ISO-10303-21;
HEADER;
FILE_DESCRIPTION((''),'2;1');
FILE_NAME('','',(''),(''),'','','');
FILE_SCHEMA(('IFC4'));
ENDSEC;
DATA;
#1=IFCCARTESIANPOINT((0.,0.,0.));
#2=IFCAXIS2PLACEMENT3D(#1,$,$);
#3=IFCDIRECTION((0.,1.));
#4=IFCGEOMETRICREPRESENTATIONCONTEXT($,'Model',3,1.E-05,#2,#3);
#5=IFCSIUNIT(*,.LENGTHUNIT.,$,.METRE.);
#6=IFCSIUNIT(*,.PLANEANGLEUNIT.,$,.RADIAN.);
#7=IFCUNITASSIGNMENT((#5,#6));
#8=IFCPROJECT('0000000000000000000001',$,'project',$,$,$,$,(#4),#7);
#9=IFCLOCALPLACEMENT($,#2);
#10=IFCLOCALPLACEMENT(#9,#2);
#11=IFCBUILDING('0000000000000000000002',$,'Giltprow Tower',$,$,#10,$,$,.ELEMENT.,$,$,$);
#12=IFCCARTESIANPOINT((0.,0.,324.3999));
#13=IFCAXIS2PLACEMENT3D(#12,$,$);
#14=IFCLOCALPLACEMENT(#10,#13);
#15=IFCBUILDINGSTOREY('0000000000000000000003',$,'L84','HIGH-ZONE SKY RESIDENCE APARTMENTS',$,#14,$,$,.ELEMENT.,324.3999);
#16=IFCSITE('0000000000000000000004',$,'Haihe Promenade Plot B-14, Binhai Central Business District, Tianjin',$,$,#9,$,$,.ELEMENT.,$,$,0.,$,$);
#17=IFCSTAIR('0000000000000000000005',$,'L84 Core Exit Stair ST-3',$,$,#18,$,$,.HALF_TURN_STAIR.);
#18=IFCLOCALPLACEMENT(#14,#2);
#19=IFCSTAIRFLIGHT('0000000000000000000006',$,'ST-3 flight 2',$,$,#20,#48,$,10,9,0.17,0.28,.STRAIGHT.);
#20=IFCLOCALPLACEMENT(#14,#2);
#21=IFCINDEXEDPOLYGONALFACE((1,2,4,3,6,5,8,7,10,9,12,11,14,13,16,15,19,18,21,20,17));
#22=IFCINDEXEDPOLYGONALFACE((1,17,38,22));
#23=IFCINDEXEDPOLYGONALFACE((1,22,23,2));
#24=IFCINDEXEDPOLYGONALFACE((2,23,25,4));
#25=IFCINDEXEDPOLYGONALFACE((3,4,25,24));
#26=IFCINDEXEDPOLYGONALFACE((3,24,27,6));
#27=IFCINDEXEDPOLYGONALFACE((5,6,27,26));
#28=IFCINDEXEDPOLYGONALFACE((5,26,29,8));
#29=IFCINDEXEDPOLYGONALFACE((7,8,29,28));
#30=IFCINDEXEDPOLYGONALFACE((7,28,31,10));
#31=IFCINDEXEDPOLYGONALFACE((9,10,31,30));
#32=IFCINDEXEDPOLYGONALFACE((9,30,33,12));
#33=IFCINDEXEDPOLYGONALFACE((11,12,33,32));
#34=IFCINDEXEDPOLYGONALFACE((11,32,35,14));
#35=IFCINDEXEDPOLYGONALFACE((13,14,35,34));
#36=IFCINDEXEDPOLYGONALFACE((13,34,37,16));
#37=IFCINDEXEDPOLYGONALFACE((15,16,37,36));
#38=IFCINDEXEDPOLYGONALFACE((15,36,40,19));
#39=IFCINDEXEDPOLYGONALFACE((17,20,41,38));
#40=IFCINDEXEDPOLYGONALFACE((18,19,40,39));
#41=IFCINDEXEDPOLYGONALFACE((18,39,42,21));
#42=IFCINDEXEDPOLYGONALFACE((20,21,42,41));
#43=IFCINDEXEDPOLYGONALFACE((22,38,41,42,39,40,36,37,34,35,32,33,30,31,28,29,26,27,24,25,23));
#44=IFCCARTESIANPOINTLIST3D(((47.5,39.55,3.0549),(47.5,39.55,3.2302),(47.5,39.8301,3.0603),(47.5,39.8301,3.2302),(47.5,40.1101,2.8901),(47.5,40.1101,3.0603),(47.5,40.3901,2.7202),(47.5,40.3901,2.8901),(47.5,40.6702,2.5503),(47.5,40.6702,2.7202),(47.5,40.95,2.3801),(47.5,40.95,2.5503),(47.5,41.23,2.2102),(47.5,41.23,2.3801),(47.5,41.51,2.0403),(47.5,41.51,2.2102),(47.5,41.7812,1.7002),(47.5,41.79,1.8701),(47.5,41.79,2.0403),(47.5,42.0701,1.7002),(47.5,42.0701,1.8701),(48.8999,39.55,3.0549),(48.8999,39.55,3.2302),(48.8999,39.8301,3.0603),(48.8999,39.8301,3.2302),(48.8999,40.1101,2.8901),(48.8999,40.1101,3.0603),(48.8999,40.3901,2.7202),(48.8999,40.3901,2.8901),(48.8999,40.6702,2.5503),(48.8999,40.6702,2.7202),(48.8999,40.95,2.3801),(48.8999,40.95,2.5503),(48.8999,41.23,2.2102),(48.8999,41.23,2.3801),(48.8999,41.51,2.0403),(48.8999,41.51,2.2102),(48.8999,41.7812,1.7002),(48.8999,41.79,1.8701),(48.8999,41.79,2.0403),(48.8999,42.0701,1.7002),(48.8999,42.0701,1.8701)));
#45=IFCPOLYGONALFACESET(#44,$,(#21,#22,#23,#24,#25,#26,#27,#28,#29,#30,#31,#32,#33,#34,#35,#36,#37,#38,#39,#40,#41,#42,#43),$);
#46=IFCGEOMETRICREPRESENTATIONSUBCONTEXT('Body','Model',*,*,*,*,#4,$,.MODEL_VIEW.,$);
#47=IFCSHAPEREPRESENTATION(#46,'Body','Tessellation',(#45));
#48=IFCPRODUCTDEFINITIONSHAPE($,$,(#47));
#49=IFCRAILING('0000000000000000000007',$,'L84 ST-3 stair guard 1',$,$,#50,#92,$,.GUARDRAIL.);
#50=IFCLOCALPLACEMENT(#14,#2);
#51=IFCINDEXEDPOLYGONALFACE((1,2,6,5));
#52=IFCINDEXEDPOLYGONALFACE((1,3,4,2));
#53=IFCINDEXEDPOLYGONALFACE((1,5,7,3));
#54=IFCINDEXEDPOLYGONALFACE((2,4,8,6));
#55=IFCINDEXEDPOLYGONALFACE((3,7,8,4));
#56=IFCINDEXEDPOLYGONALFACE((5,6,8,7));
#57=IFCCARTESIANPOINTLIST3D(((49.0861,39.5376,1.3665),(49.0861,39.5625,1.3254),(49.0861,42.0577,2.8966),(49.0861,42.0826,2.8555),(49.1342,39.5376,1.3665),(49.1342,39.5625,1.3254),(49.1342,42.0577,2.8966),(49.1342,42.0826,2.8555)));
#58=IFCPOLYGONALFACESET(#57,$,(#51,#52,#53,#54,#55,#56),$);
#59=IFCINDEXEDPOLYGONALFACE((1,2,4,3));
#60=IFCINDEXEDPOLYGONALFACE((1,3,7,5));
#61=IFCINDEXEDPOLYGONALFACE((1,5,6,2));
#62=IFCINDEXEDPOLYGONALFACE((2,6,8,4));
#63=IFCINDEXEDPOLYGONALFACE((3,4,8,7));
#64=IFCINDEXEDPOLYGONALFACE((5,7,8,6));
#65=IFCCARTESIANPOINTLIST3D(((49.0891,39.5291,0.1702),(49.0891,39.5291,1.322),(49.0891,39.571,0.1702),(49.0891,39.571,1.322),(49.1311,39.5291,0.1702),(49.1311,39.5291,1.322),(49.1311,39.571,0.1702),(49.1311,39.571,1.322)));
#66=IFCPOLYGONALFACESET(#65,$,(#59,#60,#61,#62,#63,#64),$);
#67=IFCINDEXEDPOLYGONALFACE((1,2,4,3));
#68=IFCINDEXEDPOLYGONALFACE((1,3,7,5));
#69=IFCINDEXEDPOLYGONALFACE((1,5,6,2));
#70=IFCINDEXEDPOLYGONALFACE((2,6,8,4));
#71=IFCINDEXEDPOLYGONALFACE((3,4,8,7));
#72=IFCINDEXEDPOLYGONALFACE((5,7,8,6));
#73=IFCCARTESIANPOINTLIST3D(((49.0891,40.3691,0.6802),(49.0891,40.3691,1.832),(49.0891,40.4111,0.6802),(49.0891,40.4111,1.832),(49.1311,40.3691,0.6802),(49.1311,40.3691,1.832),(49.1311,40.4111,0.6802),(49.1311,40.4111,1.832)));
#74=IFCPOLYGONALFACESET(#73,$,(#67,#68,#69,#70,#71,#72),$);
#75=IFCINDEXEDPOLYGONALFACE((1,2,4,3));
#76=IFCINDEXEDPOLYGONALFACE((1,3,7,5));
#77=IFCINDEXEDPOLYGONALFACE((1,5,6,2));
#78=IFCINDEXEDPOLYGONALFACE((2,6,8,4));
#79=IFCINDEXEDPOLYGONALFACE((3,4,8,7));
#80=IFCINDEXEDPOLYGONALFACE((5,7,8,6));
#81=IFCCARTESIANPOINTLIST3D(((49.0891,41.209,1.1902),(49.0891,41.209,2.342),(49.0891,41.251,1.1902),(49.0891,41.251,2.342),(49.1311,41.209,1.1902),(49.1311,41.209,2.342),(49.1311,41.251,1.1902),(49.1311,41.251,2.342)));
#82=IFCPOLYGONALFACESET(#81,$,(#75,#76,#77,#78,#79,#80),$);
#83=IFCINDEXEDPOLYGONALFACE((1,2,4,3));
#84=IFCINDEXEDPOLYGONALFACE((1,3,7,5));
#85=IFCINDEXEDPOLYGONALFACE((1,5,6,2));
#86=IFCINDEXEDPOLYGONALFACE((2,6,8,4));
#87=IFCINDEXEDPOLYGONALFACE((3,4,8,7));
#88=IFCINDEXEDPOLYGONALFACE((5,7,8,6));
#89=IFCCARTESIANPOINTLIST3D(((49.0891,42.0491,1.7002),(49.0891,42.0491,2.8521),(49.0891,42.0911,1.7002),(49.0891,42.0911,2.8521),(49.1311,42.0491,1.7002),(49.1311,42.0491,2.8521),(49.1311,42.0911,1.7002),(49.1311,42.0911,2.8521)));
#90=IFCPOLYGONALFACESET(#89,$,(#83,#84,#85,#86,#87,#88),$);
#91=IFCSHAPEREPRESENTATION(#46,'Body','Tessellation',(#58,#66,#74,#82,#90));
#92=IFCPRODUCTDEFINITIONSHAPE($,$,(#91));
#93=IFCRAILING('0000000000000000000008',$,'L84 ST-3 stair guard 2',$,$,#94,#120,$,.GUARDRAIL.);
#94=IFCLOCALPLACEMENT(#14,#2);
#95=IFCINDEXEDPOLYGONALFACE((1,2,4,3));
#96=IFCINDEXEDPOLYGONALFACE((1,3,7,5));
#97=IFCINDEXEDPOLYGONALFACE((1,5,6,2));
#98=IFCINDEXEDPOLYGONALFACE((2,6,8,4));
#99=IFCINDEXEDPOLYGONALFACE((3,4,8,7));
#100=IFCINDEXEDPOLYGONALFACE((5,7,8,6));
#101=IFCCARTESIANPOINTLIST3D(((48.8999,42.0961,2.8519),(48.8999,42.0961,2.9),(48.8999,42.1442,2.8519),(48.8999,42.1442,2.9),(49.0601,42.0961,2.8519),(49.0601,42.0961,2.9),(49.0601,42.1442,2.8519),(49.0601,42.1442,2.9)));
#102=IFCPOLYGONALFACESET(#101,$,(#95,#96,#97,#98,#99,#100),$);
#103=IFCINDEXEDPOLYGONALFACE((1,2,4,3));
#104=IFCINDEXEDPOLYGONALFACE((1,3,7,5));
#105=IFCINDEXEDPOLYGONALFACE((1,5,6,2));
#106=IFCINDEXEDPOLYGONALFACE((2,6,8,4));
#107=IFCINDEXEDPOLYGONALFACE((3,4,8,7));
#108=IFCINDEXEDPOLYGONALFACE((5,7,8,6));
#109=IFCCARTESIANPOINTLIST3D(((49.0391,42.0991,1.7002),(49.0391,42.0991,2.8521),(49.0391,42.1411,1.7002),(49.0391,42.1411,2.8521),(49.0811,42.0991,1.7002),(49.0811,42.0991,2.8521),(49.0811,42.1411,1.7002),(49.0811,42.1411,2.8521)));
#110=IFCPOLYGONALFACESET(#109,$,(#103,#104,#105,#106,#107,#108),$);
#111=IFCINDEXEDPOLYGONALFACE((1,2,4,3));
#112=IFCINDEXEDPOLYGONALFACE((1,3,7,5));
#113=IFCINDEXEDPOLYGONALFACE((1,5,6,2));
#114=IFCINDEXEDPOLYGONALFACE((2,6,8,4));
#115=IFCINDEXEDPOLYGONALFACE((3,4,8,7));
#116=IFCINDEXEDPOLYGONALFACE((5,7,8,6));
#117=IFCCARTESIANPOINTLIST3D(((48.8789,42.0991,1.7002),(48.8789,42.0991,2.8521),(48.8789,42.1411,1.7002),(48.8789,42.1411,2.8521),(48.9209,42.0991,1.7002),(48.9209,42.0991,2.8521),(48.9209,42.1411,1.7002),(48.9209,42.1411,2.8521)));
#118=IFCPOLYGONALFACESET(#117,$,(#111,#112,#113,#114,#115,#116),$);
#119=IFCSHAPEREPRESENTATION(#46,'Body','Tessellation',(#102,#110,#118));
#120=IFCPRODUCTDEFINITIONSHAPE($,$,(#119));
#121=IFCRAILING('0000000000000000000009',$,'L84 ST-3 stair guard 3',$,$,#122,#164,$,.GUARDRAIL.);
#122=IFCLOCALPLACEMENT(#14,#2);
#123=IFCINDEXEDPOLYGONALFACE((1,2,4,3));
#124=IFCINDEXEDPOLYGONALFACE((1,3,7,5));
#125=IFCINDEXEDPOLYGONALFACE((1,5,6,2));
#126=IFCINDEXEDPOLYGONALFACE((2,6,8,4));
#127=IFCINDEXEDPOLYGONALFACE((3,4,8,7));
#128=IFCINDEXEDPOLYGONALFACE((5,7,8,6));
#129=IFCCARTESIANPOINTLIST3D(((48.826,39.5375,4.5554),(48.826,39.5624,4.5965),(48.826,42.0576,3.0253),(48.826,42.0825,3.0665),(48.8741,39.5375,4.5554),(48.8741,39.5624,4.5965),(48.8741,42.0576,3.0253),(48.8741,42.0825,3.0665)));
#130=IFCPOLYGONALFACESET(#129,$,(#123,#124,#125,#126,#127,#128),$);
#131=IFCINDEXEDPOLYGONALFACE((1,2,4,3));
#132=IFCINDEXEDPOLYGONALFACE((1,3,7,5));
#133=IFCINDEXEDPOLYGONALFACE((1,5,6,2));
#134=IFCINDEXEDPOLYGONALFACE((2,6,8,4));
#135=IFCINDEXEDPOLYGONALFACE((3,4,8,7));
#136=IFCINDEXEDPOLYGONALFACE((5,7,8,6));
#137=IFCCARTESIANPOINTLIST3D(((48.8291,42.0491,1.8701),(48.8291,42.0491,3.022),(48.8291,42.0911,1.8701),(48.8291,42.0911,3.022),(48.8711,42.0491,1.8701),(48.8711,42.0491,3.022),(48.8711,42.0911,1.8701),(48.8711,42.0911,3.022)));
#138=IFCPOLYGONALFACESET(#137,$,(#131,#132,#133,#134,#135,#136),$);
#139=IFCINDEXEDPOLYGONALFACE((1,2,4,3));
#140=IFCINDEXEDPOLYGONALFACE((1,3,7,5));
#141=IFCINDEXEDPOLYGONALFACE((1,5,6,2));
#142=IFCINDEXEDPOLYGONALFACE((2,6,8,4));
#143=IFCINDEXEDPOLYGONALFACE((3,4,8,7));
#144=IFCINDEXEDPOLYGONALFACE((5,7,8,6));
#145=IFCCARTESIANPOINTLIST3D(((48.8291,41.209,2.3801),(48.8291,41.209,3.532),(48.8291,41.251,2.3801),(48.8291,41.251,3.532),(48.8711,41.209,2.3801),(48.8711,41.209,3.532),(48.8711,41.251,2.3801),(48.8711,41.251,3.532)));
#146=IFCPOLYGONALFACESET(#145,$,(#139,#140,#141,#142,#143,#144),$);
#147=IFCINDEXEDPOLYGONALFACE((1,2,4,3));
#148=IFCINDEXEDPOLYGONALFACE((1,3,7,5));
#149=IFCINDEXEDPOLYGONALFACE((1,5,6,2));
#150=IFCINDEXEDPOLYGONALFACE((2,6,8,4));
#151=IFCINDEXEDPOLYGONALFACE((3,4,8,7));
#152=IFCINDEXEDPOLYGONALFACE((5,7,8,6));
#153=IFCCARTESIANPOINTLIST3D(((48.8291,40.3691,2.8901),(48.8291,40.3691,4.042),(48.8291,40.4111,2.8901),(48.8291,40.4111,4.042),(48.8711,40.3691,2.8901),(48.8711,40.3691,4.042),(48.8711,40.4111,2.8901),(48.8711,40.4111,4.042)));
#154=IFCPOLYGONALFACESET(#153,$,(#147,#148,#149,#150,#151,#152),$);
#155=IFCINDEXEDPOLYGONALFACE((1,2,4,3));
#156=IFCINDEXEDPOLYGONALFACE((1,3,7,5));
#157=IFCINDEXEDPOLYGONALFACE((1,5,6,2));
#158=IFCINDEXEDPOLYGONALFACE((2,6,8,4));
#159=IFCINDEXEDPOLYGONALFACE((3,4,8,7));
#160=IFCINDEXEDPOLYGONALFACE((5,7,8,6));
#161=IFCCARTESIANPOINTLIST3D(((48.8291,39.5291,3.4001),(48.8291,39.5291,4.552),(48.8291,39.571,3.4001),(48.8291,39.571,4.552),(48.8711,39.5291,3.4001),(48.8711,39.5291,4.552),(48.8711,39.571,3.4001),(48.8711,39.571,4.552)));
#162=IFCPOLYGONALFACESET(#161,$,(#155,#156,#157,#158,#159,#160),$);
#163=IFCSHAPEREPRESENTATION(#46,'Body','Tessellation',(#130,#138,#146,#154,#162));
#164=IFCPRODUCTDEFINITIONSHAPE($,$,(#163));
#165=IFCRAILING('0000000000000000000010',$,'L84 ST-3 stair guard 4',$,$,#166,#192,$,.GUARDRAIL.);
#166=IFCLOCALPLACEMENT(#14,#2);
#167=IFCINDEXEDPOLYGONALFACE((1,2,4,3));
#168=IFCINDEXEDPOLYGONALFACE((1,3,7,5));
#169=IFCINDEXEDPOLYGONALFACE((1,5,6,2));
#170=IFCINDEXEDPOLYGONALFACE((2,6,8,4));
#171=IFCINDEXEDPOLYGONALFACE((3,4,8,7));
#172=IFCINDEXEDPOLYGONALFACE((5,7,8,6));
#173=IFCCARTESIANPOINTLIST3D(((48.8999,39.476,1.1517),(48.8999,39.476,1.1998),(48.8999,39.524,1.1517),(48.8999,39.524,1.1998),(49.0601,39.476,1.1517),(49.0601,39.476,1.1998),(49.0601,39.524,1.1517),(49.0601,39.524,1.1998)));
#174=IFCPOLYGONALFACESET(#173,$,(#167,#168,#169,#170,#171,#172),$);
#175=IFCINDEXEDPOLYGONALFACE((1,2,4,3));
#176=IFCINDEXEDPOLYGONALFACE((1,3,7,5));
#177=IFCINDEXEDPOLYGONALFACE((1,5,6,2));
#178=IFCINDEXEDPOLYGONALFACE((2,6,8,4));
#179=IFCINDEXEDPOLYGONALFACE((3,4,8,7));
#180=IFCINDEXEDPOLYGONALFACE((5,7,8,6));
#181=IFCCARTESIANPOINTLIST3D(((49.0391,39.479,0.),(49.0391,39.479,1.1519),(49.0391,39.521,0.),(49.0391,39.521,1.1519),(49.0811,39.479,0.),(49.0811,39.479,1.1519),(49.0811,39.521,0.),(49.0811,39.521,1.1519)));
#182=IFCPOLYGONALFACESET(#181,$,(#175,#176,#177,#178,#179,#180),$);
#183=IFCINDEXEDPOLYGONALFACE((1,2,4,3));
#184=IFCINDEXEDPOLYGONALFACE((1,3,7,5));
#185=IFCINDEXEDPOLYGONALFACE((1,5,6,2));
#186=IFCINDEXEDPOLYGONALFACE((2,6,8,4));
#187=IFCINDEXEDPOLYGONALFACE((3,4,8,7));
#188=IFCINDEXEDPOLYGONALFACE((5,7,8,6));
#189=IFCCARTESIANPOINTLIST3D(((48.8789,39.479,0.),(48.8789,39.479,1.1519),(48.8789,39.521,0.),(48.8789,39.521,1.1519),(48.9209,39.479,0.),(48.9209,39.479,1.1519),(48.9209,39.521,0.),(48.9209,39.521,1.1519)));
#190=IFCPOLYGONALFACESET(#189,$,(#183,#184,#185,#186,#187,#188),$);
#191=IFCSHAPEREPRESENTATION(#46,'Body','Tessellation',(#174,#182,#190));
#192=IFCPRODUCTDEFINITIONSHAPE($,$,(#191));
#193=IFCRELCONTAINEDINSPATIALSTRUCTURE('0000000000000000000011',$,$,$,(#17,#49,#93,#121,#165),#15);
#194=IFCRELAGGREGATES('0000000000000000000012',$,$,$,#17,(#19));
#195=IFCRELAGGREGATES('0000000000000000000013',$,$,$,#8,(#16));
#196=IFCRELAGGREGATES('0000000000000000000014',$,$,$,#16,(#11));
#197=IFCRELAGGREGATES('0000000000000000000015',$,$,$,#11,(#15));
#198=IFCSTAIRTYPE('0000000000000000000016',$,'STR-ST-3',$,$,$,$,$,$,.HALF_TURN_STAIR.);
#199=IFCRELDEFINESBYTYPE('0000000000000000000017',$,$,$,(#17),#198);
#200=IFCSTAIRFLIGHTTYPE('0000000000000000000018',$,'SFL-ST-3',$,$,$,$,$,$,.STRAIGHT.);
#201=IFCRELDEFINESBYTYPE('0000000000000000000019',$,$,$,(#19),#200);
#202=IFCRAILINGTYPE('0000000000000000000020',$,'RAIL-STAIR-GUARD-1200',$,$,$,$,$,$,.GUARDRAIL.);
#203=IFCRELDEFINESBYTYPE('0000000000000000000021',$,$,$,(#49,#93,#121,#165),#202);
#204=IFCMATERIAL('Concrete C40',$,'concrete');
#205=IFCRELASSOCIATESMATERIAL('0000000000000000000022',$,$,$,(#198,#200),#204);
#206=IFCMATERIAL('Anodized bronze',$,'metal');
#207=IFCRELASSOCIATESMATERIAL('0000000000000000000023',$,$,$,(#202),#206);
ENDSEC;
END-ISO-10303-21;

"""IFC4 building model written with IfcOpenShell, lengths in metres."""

from ifc_helpers import new_model, si_unit, direction, frame, origin, origin_2d, place, context, subcontext, project, spatial, polyline, rectangle, outline, extrude, material, type_object, element, aggregate, save


model = new_model("IFC4")

# Units and contexts
model_context = context("Model", 3, precision=1e-05, world=origin(), true_north=direction((0.0, 1.0)))
body_context = subcontext(model_context, "Body", "Model", "MODEL_VIEW")
ifc_project = project(units=[si_unit("LENGTHUNIT", "METRE"), si_unit("PLANEANGLEUNIT", "RADIAN")], contexts=[model_context])

# Site, building, storey
site_placement = place(None, origin())
site = spatial("IfcSite", under=ifc_project, at=site_placement, Name="Haihe Promenade Plot B-14, Binhai Central Business District, Tianjin", CompositionType="ELEMENT", RefElevation=0.0)
building_placement = place(site_placement, origin())
building = spatial("IfcBuilding", under=site, at=building_placement, Name="Giltprow Tower", CompositionType="ELEMENT")
storey_placement = place(building_placement, frame((0.0, 0.0, 324.3999)))
storey = spatial("IfcBuildingStorey", under=building, at=storey_placement, Name="L84", Description="HIGH-ZONE SKY RESIDENCE APARTMENTS", CompositionType="ELEMENT", Elevation=324.3999)

# Shared definitions
ifc_material_1 = material(Name="Concrete C40", Category="concrete")

# Stair, stair flight
stair_type = type_object("IfcStairType", Name="STR-ST-3", PredefinedType="HALF_TURN_STAIR", material=ifc_material_1)
stair_placement = place(storey_placement, origin())
stair = element("IfcStair", 1, at=stair_placement, inside=storey, type_object=stair_type, Name="L84 Core Exit Stair ST-3", PredefinedType="HALF_TURN_STAIR")
stair_flight_type = type_object("IfcStairFlightType", Name="SFL-ST-3", PredefinedType="STRAIGHT", material=ifc_material_1)
stair_flight_placement = place(storey_placement, frame((48.2, 42.0701, 1.7002), z_axis=(0.0, 0.0, 1.0), x_axis=(0.0, -1.0, 0.0)))
stair_flight = element("IfcStairFlight", 2, at=stair_flight_placement, type_object=stair_flight_type, Name="ST-3 flight 2", NumberOfRisers=10, NumberOfTreads=9, PredefinedType="STRAIGHT", RiserHeight=0.17, TreadLength=0.28, context=body_context, shape_type="SweptSolid", body=[
    extrude(outline(polyline([(0.0, 0.0), (0.0, 0.1699), (0.28, 0.1699), (0.28, 0.3401), (0.5601, 0.3401), (0.5601, 0.51), (0.8401, 0.51), (0.8401, 0.6799), (1.1201, 0.6799), (1.1201, 0.8501), (1.3999, 0.8501), (1.3999, 1.02), (1.6799, 1.02), (1.6799, 1.1899), (1.96, 1.1899), (1.96, 1.3601), (2.24, 1.3601), (2.24, 1.53), (2.52, 1.53), (2.52, 1.7), (2.52, 1.3547), (0.2888, 0.0), (0.0, 0.0)])), frame((0.0, 0.7, 0.0), z_axis=(0.0, -1.0, 0.0), x_axis=(1.0, 0.0, 0.0)), (0.0, 0.0, 1.0), 1.3999),
])
aggregate(stair, [stair_flight])

# Railings
ifc_material_2 = material(Name="Anodized bronze", Category="metal")
railing_type_1 = type_object("IfcRailingType", Name="RAIL-STAIR-GUARD-1200", PredefinedType="GUARDRAIL", material=ifc_material_2)
railing_1_placement = place(storey_placement, frame((49.1101, 39.55, 0.1702)))
element("IfcRailing", 3, at=railing_1_placement, inside=storey, type_object=railing_type_1, Name="L84 ST-3 stair guard 1", PredefinedType="GUARDRAIL", context=body_context, shape_type="SweptSolid", body=[
    extrude(rectangle(XDim=0.0481, YDim=0.0481, at=origin_2d()), frame((0.0, 0.0, 1.1758), z_axis=(0.0, 0.854785, 0.518982), x_axis=(-1.0, 0.0, 0.0)), (0.0, 0.0, 1.0), 2.9482),
    extrude(rectangle(XDim=0.042, YDim=0.042, at=origin_2d()), origin(), (0.0, 0.0, 1.0), 1.1519),
    extrude(rectangle(XDim=0.042, YDim=0.042, at=origin_2d()), frame((0.0, 0.8401, 0.51)), (0.0, 0.0, 1.0), 1.1519),
    extrude(rectangle(XDim=0.042, YDim=0.042, at=origin_2d()), frame((0.0, 1.6799, 1.02)), (0.0, 0.0, 1.0), 1.1519),
    extrude(rectangle(XDim=0.042, YDim=0.042, at=origin_2d()), frame((0.0, 2.52, 1.53)), (0.0, 0.0, 1.0), 1.1519),
])
railing_2_placement = place(storey_placement, frame((49.0601, 42.1201, 1.7002)))
element("IfcRailing", 4, at=railing_2_placement, inside=storey, type_object=railing_type_1, Name="L84 ST-3 stair guard 2", PredefinedType="GUARDRAIL", context=body_context, shape_type="SweptSolid", body=[
    extrude(rectangle(XDim=0.0481, YDim=0.0481, at=origin_2d()), frame((0.0, 0.0, 1.1758), z_axis=(-1.0, 0.0, 0.0), x_axis=(0.0, -1.0, 0.0)), (0.0, 0.0, 1.0), 0.1602),
    extrude(rectangle(XDim=0.042, YDim=0.042, at=origin_2d()), origin(), (0.0, 0.0, 1.0), 1.1519),
    extrude(rectangle(XDim=0.042, YDim=0.042, at=origin_2d()), frame((-0.1602, 0.0, 0.0)), (0.0, 0.0, 1.0), 1.1519),
])
railing_3_placement = place(storey_placement, frame((48.8501, 42.0701, 1.8701)))
element("IfcRailing", 5, at=railing_3_placement, inside=storey, type_object=railing_type_1, Name="L84 ST-3 stair guard 3", PredefinedType="GUARDRAIL", context=body_context, shape_type="SweptSolid", body=[
    extrude(rectangle(XDim=0.0481, YDim=0.0481, at=origin_2d()), frame((0.0, 0.0, 1.1758), z_axis=(0.0, -0.854785, 0.518982), x_axis=(1.0, 0.0, 0.0)), (0.0, 0.0, 1.0), 2.9482),
    extrude(rectangle(XDim=0.042, YDim=0.042, at=origin_2d()), origin(), (0.0, 0.0, 1.0), 1.1519),
    extrude(rectangle(XDim=0.042, YDim=0.042, at=origin_2d()), frame((0.0, -0.8401, 0.51)), (0.0, 0.0, 1.0), 1.1519),
    extrude(rectangle(XDim=0.042, YDim=0.042, at=origin_2d()), frame((0.0, -1.6799, 1.02)), (0.0, 0.0, 1.0), 1.1519),
    extrude(rectangle(XDim=0.042, YDim=0.042, at=origin_2d()), frame((0.0, -2.52, 1.53)), (0.0, 0.0, 1.0), 1.1519),
])
railing_4_placement = place(storey_placement, frame((49.0601, 39.5, 0.0)))
element("IfcRailing", 6, at=railing_4_placement, inside=storey, type_object=railing_type_1, Name="L84 ST-3 stair guard 4", PredefinedType="GUARDRAIL", context=body_context, shape_type="SweptSolid", body=[
    extrude(rectangle(XDim=0.0481, YDim=0.0481, at=origin_2d()), frame((0.0, 0.0, 1.1758), z_axis=(-1.0, 0.0, 0.0), x_axis=(0.0, -1.0, 0.0)), (0.0, 0.0, 1.0), 0.1602),
    extrude(rectangle(XDim=0.042, YDim=0.042, at=origin_2d()), origin(), (0.0, 0.0, 1.0), 1.1519),
    extrude(rectangle(XDim=0.042, YDim=0.042, at=origin_2d()), frame((-0.1602, 0.0, 0.0)), (0.0, 0.0, 1.0), 1.1519),
])

save(model, "model.ifc")
